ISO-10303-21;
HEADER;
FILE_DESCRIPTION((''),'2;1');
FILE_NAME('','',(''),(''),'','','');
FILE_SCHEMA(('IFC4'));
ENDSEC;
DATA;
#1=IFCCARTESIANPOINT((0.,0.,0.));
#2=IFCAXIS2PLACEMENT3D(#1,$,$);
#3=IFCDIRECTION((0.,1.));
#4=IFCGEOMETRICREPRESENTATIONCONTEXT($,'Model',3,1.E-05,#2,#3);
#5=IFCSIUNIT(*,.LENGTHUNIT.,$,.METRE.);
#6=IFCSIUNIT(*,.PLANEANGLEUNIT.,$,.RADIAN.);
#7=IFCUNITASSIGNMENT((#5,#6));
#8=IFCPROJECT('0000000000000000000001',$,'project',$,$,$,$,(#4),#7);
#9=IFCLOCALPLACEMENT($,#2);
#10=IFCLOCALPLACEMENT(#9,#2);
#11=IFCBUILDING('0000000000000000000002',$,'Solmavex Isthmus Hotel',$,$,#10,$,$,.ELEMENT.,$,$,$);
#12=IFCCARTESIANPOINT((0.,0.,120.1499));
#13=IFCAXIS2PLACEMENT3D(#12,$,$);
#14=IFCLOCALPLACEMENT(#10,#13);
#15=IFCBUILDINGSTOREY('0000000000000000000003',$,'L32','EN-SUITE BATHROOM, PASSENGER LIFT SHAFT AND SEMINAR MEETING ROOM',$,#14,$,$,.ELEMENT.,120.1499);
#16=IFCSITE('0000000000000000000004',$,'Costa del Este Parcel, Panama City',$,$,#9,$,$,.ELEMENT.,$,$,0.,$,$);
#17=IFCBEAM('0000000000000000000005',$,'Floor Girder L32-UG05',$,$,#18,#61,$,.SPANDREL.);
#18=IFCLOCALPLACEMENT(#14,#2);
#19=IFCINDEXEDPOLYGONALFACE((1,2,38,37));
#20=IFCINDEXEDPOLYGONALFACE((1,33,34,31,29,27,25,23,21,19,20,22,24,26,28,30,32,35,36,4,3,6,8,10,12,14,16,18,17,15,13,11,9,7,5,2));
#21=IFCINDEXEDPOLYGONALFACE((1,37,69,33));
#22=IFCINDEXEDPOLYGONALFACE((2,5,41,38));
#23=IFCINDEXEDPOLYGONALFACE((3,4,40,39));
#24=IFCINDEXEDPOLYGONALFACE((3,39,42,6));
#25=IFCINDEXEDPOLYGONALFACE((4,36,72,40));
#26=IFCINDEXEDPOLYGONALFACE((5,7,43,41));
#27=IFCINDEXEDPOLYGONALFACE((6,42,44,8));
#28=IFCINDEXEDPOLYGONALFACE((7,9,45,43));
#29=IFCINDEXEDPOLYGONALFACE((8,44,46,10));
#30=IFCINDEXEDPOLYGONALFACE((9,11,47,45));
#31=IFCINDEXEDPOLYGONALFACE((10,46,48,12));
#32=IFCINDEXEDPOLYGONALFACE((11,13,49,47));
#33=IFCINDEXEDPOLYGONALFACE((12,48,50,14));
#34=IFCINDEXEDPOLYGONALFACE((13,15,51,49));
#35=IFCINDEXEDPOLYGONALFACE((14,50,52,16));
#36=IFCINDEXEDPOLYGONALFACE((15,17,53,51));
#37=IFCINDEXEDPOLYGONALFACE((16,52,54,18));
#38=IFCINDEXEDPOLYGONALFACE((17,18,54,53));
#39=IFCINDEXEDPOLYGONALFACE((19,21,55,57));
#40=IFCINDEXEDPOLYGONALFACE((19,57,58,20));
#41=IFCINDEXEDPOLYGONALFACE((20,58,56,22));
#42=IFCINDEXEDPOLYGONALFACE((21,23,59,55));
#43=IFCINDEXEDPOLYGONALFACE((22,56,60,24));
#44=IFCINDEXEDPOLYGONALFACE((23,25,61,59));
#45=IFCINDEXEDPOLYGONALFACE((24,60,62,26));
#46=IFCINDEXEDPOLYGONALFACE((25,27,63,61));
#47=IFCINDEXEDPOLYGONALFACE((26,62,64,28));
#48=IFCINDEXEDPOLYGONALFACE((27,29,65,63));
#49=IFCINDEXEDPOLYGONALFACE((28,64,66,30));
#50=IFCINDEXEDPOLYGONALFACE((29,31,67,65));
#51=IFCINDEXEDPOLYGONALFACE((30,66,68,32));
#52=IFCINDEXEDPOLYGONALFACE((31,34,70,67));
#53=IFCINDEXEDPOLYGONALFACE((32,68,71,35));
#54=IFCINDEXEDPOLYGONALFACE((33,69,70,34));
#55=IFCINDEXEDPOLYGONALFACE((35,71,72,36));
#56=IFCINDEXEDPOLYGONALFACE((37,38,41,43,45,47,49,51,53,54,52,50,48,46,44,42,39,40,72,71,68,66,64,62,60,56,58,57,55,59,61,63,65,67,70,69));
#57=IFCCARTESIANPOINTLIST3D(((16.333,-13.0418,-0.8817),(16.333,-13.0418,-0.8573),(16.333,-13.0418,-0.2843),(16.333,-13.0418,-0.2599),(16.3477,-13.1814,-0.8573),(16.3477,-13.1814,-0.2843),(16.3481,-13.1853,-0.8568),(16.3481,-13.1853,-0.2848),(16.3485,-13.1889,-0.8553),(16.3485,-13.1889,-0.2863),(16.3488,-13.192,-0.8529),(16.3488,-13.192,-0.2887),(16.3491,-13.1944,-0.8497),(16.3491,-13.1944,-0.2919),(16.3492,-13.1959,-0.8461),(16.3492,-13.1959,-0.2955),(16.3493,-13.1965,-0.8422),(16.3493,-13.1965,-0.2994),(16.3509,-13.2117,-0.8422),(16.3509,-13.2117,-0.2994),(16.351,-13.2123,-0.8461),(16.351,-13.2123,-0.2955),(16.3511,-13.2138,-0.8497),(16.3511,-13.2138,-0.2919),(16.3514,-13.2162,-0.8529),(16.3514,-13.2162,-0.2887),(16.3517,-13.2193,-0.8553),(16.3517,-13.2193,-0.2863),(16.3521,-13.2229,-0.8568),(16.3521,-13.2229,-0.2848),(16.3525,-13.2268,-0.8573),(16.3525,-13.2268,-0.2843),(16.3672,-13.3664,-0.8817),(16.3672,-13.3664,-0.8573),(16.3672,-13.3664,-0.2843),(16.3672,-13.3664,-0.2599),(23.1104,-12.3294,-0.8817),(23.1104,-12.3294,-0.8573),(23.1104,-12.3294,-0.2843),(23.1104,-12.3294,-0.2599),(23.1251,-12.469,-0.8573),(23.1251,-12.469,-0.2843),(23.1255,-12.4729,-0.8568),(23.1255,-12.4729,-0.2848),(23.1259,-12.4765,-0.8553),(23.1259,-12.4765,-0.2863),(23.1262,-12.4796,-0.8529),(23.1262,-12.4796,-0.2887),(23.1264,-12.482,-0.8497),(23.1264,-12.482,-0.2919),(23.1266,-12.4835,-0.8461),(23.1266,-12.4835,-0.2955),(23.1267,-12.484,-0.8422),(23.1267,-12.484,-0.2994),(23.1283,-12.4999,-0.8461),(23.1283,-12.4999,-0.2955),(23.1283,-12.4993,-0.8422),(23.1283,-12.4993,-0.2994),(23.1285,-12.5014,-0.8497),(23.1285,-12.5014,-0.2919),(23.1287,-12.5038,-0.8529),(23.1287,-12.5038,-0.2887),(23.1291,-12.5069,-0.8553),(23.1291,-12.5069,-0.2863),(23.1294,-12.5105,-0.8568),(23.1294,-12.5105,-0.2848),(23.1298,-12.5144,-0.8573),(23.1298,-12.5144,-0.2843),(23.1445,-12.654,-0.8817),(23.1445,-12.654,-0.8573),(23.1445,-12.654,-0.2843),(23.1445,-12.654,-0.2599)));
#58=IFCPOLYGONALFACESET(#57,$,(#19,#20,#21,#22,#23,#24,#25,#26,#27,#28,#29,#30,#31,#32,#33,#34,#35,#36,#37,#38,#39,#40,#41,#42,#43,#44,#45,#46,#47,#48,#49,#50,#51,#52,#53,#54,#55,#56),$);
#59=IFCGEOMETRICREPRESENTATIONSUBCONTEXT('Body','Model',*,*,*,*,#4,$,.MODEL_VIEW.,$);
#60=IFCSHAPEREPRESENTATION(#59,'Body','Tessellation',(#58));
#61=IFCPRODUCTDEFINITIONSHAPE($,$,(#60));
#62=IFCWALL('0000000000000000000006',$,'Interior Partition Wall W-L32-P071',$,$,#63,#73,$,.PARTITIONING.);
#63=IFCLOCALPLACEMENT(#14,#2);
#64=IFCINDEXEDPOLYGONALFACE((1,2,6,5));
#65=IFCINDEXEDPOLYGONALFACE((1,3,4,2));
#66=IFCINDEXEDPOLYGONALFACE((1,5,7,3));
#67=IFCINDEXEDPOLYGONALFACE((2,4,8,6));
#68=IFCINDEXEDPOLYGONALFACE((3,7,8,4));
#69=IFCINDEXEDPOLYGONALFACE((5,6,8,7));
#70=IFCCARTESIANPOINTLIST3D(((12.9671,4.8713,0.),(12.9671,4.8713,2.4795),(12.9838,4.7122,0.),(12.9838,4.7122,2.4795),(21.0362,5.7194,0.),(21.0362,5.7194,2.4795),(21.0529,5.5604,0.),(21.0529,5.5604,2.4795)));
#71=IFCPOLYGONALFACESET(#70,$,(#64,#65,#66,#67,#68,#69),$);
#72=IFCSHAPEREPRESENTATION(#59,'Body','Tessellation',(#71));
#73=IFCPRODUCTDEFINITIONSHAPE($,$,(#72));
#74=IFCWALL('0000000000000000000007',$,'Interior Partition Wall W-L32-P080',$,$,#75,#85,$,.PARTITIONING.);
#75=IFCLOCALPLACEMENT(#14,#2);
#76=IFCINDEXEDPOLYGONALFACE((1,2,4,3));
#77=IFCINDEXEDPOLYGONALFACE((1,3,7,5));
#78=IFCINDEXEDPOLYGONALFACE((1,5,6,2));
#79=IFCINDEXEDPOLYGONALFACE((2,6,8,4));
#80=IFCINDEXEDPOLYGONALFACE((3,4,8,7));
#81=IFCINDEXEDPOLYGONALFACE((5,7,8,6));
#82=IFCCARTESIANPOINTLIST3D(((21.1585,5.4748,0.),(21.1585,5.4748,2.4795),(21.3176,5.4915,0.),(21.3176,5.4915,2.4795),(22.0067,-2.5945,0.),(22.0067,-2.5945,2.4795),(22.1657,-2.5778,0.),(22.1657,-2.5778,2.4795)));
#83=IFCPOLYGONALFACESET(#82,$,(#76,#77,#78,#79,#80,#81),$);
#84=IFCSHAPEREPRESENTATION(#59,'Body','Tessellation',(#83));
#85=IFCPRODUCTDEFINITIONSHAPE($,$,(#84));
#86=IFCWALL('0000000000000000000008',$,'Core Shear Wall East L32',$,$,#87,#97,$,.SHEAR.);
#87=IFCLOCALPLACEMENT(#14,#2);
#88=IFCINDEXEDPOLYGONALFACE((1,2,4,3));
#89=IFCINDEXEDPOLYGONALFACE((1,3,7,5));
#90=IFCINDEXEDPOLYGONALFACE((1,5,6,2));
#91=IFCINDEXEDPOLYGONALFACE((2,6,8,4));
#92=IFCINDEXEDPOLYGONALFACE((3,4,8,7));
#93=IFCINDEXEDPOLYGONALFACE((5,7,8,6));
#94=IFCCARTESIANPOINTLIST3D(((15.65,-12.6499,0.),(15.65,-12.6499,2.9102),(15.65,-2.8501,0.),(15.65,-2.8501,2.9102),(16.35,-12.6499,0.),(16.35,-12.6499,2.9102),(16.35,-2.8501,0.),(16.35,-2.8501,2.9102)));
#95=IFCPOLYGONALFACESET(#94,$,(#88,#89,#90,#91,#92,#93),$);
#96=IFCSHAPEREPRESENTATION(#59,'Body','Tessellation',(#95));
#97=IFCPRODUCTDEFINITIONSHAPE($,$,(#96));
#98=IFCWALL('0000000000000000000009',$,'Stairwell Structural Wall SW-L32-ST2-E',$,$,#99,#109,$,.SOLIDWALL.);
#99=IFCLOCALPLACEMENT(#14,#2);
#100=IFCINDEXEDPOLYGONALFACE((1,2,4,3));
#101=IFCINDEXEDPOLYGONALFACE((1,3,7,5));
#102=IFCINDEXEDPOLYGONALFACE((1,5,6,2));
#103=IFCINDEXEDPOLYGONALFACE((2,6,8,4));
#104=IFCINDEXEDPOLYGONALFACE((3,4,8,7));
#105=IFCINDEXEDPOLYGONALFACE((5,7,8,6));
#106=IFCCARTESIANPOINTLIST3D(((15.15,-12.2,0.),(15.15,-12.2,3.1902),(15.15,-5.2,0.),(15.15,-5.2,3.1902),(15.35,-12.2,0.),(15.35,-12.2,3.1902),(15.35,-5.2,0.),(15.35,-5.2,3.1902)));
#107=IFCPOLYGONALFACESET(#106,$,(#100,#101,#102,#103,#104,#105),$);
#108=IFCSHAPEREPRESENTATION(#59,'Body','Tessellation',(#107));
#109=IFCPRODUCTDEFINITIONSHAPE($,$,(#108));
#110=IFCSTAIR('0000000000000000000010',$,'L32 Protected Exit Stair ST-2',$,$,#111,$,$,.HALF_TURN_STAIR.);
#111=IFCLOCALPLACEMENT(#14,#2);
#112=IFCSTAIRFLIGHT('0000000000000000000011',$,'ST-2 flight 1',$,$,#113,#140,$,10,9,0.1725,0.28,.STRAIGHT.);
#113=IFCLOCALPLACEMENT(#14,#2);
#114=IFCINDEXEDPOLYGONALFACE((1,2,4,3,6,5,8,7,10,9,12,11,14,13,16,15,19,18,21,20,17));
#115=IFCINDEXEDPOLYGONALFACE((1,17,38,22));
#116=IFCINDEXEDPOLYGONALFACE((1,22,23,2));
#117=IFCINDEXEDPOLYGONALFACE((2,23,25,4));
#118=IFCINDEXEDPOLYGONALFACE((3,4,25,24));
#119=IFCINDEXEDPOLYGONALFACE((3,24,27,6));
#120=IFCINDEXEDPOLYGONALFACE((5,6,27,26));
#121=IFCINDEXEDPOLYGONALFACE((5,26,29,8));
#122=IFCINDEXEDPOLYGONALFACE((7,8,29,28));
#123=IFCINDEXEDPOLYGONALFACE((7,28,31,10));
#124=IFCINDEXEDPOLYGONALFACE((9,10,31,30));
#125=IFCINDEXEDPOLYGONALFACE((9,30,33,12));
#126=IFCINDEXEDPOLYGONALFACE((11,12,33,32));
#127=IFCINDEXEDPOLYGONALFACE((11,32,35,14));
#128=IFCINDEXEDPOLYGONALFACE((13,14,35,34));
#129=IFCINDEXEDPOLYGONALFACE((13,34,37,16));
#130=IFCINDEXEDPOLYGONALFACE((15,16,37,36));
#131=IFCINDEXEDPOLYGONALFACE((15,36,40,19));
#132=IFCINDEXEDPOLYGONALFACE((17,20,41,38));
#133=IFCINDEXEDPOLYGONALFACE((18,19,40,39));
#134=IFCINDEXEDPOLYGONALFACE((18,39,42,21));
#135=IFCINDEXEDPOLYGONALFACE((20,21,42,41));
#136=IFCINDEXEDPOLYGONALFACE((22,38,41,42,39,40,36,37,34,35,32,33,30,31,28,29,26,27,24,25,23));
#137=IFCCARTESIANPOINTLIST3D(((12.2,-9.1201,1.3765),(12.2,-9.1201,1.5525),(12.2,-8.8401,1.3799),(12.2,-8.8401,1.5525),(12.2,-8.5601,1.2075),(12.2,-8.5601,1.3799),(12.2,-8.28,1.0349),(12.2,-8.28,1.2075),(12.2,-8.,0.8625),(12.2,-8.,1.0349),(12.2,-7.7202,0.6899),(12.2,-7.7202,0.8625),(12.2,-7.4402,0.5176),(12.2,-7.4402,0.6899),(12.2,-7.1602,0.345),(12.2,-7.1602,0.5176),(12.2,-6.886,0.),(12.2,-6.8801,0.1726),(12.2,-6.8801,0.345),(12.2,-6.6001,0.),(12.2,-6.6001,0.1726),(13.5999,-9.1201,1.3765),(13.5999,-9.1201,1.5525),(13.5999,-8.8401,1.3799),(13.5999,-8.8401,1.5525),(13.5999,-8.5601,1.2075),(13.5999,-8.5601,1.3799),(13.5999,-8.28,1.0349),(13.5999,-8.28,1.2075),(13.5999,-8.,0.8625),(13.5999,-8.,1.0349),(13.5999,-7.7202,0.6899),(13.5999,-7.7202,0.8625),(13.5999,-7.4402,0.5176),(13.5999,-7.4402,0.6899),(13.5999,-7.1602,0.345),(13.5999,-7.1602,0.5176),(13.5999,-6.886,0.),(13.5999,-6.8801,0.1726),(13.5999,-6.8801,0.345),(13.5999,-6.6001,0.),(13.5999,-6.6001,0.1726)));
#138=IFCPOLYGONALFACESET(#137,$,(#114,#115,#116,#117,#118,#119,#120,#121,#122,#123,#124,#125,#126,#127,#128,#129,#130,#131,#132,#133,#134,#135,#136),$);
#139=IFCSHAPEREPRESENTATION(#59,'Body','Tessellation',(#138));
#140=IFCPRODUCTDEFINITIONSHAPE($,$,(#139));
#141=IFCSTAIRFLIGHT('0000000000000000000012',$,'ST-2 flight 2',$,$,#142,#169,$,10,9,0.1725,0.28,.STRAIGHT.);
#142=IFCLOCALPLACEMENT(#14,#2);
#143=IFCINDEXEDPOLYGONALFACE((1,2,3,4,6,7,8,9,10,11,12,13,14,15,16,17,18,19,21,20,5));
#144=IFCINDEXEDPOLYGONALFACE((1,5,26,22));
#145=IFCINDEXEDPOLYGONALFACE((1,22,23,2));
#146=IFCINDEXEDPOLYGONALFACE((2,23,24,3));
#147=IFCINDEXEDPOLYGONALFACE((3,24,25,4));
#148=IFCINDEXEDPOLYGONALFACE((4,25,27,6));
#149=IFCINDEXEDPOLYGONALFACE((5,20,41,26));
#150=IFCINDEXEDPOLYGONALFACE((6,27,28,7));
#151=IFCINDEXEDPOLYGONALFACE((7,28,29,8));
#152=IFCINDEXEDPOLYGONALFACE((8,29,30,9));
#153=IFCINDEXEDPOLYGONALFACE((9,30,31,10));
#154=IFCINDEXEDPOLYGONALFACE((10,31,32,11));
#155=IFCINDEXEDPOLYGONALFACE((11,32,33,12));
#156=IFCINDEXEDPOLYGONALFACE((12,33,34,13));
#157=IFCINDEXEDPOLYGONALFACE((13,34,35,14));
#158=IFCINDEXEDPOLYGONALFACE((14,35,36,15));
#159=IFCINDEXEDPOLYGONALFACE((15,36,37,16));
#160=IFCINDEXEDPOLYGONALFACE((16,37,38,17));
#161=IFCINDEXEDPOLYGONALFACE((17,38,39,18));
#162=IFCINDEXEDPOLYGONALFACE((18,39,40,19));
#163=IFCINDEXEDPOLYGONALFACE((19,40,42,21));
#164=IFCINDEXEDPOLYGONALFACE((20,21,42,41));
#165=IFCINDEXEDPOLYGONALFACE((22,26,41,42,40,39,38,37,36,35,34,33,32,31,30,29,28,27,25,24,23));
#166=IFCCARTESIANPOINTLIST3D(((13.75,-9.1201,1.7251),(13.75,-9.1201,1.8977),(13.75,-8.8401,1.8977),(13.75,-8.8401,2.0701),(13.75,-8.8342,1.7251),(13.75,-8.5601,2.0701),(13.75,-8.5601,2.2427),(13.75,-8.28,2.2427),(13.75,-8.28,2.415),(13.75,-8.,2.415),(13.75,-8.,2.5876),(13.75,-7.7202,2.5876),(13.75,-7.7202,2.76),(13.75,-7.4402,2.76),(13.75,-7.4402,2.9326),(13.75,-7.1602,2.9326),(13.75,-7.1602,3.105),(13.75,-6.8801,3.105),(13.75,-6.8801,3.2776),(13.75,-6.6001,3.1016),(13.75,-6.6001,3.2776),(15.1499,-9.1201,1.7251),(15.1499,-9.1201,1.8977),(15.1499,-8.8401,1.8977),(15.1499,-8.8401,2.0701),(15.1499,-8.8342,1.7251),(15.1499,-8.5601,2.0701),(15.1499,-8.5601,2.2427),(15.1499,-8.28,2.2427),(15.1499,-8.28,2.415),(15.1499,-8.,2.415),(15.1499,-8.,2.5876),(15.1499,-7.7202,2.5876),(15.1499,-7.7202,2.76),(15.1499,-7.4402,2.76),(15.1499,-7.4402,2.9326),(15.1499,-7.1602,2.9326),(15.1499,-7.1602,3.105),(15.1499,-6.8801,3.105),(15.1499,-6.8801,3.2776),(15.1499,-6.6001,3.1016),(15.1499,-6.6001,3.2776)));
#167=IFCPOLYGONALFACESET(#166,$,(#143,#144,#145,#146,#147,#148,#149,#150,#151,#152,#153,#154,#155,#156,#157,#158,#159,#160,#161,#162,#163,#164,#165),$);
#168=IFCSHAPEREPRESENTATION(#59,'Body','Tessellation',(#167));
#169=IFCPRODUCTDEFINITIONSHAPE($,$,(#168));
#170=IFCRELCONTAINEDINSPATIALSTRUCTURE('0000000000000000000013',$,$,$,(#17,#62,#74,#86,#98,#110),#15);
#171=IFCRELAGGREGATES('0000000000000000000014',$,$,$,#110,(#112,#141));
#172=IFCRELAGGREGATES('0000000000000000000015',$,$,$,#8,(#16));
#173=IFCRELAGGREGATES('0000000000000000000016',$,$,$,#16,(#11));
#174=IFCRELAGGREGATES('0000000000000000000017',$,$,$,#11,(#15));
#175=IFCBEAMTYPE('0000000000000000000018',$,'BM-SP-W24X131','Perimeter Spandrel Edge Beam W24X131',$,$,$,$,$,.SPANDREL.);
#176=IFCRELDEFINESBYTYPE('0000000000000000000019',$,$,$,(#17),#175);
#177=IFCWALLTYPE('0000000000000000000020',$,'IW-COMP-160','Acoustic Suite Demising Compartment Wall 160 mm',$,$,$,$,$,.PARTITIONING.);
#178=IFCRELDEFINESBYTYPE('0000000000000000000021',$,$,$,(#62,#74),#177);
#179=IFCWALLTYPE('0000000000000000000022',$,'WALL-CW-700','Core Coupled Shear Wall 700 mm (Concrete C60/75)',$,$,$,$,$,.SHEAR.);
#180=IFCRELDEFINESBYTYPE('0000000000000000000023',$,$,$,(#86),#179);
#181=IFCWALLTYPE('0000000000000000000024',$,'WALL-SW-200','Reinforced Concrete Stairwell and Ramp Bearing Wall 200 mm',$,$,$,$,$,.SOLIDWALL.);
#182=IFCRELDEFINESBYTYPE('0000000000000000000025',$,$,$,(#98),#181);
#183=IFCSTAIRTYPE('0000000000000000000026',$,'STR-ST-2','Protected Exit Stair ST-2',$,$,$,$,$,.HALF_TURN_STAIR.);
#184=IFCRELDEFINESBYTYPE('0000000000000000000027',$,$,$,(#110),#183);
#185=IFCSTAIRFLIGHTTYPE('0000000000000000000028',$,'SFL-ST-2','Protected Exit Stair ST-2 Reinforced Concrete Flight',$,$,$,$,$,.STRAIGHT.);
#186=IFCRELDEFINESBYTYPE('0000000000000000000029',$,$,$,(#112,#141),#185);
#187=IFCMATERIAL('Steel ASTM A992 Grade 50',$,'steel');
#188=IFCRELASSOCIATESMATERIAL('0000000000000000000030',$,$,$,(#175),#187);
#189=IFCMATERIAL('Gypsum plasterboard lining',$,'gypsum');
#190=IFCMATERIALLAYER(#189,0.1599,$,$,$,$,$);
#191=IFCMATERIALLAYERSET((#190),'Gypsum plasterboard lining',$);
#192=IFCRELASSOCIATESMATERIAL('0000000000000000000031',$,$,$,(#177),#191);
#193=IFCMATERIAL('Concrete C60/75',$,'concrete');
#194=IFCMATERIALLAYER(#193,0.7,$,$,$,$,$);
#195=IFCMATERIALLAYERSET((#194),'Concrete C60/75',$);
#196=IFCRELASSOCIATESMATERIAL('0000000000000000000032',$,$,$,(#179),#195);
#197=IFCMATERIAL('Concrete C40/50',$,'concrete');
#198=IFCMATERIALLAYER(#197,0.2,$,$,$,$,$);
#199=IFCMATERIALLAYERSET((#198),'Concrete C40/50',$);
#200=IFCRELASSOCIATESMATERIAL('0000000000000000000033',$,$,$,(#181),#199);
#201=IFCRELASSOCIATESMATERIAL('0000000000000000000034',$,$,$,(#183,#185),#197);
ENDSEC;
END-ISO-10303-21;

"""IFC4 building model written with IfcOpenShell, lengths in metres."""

from ifc_helpers import new_model, si_unit, direction, frame, frame_2d, origin, origin_2d, place, context, subcontext, project, spatial, polyline, rectangle, i_section, outline, extrude, material, layer, layer_set, material_profile, profile_set, type_object, element, aggregate, save


model = new_model("IFC4")

# Units and contexts
model_context = context("Model", 3, precision=1e-05, world=origin(), true_north=direction((0.0, 1.0)))
body_context = subcontext(model_context, "Body", "Model", "MODEL_VIEW")
ifc_project = project(units=[si_unit("LENGTHUNIT", "METRE"), si_unit("PLANEANGLEUNIT", "RADIAN")], contexts=[model_context])

# Site, building, storey
site_placement = place(None, origin())
site = spatial("IfcSite", under=ifc_project, at=site_placement, Name="Costa del Este Parcel, Panama City", CompositionType="ELEMENT", RefElevation=0.0)
building_placement = place(site_placement, origin())
building = spatial("IfcBuilding", under=site, at=building_placement, Name="Solmavex Isthmus Hotel", CompositionType="ELEMENT")
storey_placement = place(building_placement, frame((0.0, 0.0, 120.1499)))
storey = spatial("IfcBuildingStorey", under=building, at=storey_placement, Name="L32", Description="EN-SUITE BATHROOM, PASSENGER LIFT SHAFT AND SEMINAR MEETING ROOM", CompositionType="ELEMENT", Elevation=120.1499)

# Shared definitions
ifc_material_1 = material(Name="Concrete C60/75", Category="concrete")

# Beam
ifc_material_2 = material(Name="Steel ASTM A992 Grade 50", Category="steel")
ifc_material_profile_1 = material_profile(ifc_material_2, i_section(OverallWidth=0.3264, OverallDepth=0.6218, WebThickness=0.0154, FlangeThickness=0.0244, FilletRadius=0.0151, at=origin_2d()), Name="W24X131")
ifc_profile_set_1 = profile_set([ifc_material_profile_1], Name="Steel ASTM A992 Grade 50")
beam_type_1 = type_object("IfcBeamType", Name="BM-SP-W24X131", Description="Perimeter Spandrel Edge Beam W24X131", PredefinedType="SPANDREL", material=ifc_profile_set_1)
beam_1_placement = place(storey_placement, frame((16.3501, -13.2041, -0.5708), z_axis=(0.994521, 0.104539, 0.0), x_axis=(-0.104539, 0.994521, 0.0)))
element("IfcBeam", 1, at=beam_1_placement, inside=storey, type_object=beam_type_1, Name="Floor Girder L32-UG05", PredefinedType="SPANDREL", context=body_context, shape_type="SweptSolid", body=[
    extrude(i_section(OverallWidth=0.3264, OverallDepth=0.6218, WebThickness=0.0154, FlangeThickness=0.0244, FilletRadius=0.0151, at=origin_2d()), origin(), (0.0, 0.0, 1.0), 6.8147),
])

# Walls
ifc_material_3 = material(Name="Gypsum plasterboard lining", Category="gypsum")
ifc_layer_1 = layer(ifc_material_3, 0.1599)
ifc_layer_set_1 = layer_set([ifc_layer_1], Name="Gypsum plasterboard lining")
wall_type_1 = type_object("IfcWallType", Name="IW-COMP-160", Description="Acoustic Suite Demising Compartment Wall 160 mm", PredefinedType="PARTITIONING", material=ifc_layer_set_1)
wall_1_placement = place(storey_placement, frame((21.0444, 5.6399, 0.0), z_axis=(0.0, 0.0, 1.0), x_axis=(-0.994521, -0.104534, 0.0)))
element("IfcWall", 2, at=wall_1_placement, inside=storey, type_object=wall_type_1, Name="Interior Partition Wall W-L32-P071", PredefinedType="PARTITIONING", context=body_context, shape_type="SweptSolid", body=[
    extrude(rectangle(XDim=8.1135, YDim=0.1599, at=frame_2d((4.0566, 0.0))), origin(), (0.0, 0.0, 1.0), 2.4795),
])
wall_2_placement = place(storey_placement, frame((22.0862, -2.5862, 0.0), z_axis=(0.0, 0.0, 1.0), x_axis=(-0.104531, 0.994522, 0.0)))
element("IfcWall", 3, at=wall_2_placement, inside=storey, type_object=wall_type_1, Name="Interior Partition Wall W-L32-P080", PredefinedType="PARTITIONING", context=body_context, shape_type="SweptSolid", body=[
    extrude(rectangle(XDim=8.1138, YDim=0.1599, at=frame_2d((4.0569, 0.0))), origin(), (0.0, 0.0, 1.0), 2.4795),
])
ifc_layer_2 = layer(ifc_material_1, 0.7)
ifc_layer_set_2 = layer_set([ifc_layer_2], Name="Concrete C60/75")
wall_type_2 = type_object("IfcWallType", Name="WALL-CW-700", Description="Core Coupled Shear Wall 700 mm (Concrete C60/75)", PredefinedType="SHEAR", material=ifc_layer_set_2)
wall_3_placement = place(storey_placement, frame((16.0, -12.6499, 0.0), z_axis=(0.0, 0.0, 1.0), x_axis=(0.0, 1.0, 0.0)))
element("IfcWall", 4, at=wall_3_placement, inside=storey, type_object=wall_type_2, Name="Core Shear Wall East L32", PredefinedType="SHEAR", context=body_context, shape_type="SweptSolid", body=[
    extrude(rectangle(XDim=9.7998, YDim=0.7, at=frame_2d((4.8999, 0.0))), origin(), (0.0, 0.0, 1.0), 2.9102),
])
ifc_material_4 = material(Name="Concrete C40/50", Category="concrete")
ifc_layer_3 = layer(ifc_material_4, 0.2)
ifc_layer_set_3 = layer_set([ifc_layer_3], Name="Concrete C40/50")
wall_type_3 = type_object("IfcWallType", Name="WALL-SW-200", Description="Reinforced Concrete Stairwell and Ramp Bearing Wall 200 mm", PredefinedType="SOLIDWALL", material=ifc_layer_set_3)
wall_4_placement = place(storey_placement, frame((15.25, -12.2, 0.0), z_axis=(0.0, 0.0, 1.0), x_axis=(0.0, 1.0, 0.0)))
element("IfcWall", 5, at=wall_4_placement, inside=storey, type_object=wall_type_3, Name="Stairwell Structural Wall SW-L32-ST2-E", PredefinedType="SOLIDWALL", context=body_context, shape_type="SweptSolid", body=[
    extrude(rectangle(XDim=7.0, YDim=0.2, at=frame_2d((3.5, 0.0))), origin(), (0.0, 0.0, 1.0), 3.1902),
])

# Stair, stair flights
stair_type = type_object("IfcStairType", Name="STR-ST-2", Description="Protected Exit Stair ST-2", PredefinedType="HALF_TURN_STAIR", material=ifc_material_4)
stair_placement = place(storey_placement, origin())
stair = element("IfcStair", 6, at=stair_placement, inside=storey, type_object=stair_type, Name="L32 Protected Exit Stair ST-2", PredefinedType="HALF_TURN_STAIR")
stair_flight_type = type_object("IfcStairFlightType", Name="SFL-ST-2", Description="Protected Exit Stair ST-2 Reinforced Concrete Flight", PredefinedType="STRAIGHT", material=ifc_material_4)
stair_flight_1_placement = place(storey_placement, frame((12.8999, -6.6001, 0.0), z_axis=(0.0, 0.0, 1.0), x_axis=(0.0, -1.0, 0.0)))
stair_flight_1 = element("IfcStairFlight", 7, at=stair_flight_1_placement, type_object=stair_flight_type, Name="ST-2 flight 1", NumberOfRisers=10, NumberOfTreads=9, PredefinedType="STRAIGHT", RiserHeight=0.1725, TreadLength=0.28, context=body_context, shape_type="SweptSolid", body=[
    extrude(outline(polyline([(0.0, 0.0), (0.0, 0.1726), (0.28, 0.1726), (0.28, 0.345), (0.5601, 0.345), (0.5601, 0.5176), (0.8401, 0.5176), (0.8401, 0.6899), (1.1201, 0.6899), (1.1201, 0.8625), (1.3999, 0.8625), (1.3999, 1.0349), (1.6799, 1.0349), (1.6799, 1.2075), (1.96, 1.2075), (1.96, 1.3799), (2.24, 1.3799), (2.24, 1.5525), (2.52, 1.5525), (2.52, 1.7251), (2.52, 1.3765), (0.2859, 0.0), (0.0, 0.0)])), frame((0.0, 0.7, 0.0), z_axis=(0.0, -1.0, 0.0), x_axis=(1.0, 0.0, 0.0)), (0.0, 0.0, 1.0), 1.3999),
])
stair_flight_2_placement = place(storey_placement, frame((14.45, -9.1201, 1.7251), z_axis=(0.0, 0.0, 1.0), x_axis=(0.0, 1.0, 0.0)))
stair_flight_2 = element("IfcStairFlight", 8, at=stair_flight_2_placement, type_object=stair_flight_type, Name="ST-2 flight 2", NumberOfRisers=10, NumberOfTreads=9, PredefinedType="STRAIGHT", RiserHeight=0.1725, TreadLength=0.28, context=body_context, shape_type="SweptSolid", body=[
    extrude(outline(polyline([(0.0, 0.0), (0.0, 0.1726), (0.28, 0.1726), (0.28, 0.345), (0.5601, 0.345), (0.5601, 0.5176), (0.8401, 0.5176), (0.8401, 0.6899), (1.1201, 0.6899), (1.1201, 0.8625), (1.3999, 0.8625), (1.3999, 1.0349), (1.6799, 1.0349), (1.6799, 1.2075), (1.96, 1.2075), (1.96, 1.3799), (2.24, 1.3799), (2.24, 1.5525), (2.52, 1.5525), (2.52, 1.7251), (2.52, 1.3765), (0.2859, 0.0), (0.0, 0.0)])), frame((0.0, 0.7, 0.0), z_axis=(0.0, -1.0, 0.0), x_axis=(1.0, 0.0, 0.0)), (0.0, 0.0, 1.0), 1.3999),
])
aggregate(stair, [stair_flight_1, stair_flight_2])

save(model, "model.ifc")
